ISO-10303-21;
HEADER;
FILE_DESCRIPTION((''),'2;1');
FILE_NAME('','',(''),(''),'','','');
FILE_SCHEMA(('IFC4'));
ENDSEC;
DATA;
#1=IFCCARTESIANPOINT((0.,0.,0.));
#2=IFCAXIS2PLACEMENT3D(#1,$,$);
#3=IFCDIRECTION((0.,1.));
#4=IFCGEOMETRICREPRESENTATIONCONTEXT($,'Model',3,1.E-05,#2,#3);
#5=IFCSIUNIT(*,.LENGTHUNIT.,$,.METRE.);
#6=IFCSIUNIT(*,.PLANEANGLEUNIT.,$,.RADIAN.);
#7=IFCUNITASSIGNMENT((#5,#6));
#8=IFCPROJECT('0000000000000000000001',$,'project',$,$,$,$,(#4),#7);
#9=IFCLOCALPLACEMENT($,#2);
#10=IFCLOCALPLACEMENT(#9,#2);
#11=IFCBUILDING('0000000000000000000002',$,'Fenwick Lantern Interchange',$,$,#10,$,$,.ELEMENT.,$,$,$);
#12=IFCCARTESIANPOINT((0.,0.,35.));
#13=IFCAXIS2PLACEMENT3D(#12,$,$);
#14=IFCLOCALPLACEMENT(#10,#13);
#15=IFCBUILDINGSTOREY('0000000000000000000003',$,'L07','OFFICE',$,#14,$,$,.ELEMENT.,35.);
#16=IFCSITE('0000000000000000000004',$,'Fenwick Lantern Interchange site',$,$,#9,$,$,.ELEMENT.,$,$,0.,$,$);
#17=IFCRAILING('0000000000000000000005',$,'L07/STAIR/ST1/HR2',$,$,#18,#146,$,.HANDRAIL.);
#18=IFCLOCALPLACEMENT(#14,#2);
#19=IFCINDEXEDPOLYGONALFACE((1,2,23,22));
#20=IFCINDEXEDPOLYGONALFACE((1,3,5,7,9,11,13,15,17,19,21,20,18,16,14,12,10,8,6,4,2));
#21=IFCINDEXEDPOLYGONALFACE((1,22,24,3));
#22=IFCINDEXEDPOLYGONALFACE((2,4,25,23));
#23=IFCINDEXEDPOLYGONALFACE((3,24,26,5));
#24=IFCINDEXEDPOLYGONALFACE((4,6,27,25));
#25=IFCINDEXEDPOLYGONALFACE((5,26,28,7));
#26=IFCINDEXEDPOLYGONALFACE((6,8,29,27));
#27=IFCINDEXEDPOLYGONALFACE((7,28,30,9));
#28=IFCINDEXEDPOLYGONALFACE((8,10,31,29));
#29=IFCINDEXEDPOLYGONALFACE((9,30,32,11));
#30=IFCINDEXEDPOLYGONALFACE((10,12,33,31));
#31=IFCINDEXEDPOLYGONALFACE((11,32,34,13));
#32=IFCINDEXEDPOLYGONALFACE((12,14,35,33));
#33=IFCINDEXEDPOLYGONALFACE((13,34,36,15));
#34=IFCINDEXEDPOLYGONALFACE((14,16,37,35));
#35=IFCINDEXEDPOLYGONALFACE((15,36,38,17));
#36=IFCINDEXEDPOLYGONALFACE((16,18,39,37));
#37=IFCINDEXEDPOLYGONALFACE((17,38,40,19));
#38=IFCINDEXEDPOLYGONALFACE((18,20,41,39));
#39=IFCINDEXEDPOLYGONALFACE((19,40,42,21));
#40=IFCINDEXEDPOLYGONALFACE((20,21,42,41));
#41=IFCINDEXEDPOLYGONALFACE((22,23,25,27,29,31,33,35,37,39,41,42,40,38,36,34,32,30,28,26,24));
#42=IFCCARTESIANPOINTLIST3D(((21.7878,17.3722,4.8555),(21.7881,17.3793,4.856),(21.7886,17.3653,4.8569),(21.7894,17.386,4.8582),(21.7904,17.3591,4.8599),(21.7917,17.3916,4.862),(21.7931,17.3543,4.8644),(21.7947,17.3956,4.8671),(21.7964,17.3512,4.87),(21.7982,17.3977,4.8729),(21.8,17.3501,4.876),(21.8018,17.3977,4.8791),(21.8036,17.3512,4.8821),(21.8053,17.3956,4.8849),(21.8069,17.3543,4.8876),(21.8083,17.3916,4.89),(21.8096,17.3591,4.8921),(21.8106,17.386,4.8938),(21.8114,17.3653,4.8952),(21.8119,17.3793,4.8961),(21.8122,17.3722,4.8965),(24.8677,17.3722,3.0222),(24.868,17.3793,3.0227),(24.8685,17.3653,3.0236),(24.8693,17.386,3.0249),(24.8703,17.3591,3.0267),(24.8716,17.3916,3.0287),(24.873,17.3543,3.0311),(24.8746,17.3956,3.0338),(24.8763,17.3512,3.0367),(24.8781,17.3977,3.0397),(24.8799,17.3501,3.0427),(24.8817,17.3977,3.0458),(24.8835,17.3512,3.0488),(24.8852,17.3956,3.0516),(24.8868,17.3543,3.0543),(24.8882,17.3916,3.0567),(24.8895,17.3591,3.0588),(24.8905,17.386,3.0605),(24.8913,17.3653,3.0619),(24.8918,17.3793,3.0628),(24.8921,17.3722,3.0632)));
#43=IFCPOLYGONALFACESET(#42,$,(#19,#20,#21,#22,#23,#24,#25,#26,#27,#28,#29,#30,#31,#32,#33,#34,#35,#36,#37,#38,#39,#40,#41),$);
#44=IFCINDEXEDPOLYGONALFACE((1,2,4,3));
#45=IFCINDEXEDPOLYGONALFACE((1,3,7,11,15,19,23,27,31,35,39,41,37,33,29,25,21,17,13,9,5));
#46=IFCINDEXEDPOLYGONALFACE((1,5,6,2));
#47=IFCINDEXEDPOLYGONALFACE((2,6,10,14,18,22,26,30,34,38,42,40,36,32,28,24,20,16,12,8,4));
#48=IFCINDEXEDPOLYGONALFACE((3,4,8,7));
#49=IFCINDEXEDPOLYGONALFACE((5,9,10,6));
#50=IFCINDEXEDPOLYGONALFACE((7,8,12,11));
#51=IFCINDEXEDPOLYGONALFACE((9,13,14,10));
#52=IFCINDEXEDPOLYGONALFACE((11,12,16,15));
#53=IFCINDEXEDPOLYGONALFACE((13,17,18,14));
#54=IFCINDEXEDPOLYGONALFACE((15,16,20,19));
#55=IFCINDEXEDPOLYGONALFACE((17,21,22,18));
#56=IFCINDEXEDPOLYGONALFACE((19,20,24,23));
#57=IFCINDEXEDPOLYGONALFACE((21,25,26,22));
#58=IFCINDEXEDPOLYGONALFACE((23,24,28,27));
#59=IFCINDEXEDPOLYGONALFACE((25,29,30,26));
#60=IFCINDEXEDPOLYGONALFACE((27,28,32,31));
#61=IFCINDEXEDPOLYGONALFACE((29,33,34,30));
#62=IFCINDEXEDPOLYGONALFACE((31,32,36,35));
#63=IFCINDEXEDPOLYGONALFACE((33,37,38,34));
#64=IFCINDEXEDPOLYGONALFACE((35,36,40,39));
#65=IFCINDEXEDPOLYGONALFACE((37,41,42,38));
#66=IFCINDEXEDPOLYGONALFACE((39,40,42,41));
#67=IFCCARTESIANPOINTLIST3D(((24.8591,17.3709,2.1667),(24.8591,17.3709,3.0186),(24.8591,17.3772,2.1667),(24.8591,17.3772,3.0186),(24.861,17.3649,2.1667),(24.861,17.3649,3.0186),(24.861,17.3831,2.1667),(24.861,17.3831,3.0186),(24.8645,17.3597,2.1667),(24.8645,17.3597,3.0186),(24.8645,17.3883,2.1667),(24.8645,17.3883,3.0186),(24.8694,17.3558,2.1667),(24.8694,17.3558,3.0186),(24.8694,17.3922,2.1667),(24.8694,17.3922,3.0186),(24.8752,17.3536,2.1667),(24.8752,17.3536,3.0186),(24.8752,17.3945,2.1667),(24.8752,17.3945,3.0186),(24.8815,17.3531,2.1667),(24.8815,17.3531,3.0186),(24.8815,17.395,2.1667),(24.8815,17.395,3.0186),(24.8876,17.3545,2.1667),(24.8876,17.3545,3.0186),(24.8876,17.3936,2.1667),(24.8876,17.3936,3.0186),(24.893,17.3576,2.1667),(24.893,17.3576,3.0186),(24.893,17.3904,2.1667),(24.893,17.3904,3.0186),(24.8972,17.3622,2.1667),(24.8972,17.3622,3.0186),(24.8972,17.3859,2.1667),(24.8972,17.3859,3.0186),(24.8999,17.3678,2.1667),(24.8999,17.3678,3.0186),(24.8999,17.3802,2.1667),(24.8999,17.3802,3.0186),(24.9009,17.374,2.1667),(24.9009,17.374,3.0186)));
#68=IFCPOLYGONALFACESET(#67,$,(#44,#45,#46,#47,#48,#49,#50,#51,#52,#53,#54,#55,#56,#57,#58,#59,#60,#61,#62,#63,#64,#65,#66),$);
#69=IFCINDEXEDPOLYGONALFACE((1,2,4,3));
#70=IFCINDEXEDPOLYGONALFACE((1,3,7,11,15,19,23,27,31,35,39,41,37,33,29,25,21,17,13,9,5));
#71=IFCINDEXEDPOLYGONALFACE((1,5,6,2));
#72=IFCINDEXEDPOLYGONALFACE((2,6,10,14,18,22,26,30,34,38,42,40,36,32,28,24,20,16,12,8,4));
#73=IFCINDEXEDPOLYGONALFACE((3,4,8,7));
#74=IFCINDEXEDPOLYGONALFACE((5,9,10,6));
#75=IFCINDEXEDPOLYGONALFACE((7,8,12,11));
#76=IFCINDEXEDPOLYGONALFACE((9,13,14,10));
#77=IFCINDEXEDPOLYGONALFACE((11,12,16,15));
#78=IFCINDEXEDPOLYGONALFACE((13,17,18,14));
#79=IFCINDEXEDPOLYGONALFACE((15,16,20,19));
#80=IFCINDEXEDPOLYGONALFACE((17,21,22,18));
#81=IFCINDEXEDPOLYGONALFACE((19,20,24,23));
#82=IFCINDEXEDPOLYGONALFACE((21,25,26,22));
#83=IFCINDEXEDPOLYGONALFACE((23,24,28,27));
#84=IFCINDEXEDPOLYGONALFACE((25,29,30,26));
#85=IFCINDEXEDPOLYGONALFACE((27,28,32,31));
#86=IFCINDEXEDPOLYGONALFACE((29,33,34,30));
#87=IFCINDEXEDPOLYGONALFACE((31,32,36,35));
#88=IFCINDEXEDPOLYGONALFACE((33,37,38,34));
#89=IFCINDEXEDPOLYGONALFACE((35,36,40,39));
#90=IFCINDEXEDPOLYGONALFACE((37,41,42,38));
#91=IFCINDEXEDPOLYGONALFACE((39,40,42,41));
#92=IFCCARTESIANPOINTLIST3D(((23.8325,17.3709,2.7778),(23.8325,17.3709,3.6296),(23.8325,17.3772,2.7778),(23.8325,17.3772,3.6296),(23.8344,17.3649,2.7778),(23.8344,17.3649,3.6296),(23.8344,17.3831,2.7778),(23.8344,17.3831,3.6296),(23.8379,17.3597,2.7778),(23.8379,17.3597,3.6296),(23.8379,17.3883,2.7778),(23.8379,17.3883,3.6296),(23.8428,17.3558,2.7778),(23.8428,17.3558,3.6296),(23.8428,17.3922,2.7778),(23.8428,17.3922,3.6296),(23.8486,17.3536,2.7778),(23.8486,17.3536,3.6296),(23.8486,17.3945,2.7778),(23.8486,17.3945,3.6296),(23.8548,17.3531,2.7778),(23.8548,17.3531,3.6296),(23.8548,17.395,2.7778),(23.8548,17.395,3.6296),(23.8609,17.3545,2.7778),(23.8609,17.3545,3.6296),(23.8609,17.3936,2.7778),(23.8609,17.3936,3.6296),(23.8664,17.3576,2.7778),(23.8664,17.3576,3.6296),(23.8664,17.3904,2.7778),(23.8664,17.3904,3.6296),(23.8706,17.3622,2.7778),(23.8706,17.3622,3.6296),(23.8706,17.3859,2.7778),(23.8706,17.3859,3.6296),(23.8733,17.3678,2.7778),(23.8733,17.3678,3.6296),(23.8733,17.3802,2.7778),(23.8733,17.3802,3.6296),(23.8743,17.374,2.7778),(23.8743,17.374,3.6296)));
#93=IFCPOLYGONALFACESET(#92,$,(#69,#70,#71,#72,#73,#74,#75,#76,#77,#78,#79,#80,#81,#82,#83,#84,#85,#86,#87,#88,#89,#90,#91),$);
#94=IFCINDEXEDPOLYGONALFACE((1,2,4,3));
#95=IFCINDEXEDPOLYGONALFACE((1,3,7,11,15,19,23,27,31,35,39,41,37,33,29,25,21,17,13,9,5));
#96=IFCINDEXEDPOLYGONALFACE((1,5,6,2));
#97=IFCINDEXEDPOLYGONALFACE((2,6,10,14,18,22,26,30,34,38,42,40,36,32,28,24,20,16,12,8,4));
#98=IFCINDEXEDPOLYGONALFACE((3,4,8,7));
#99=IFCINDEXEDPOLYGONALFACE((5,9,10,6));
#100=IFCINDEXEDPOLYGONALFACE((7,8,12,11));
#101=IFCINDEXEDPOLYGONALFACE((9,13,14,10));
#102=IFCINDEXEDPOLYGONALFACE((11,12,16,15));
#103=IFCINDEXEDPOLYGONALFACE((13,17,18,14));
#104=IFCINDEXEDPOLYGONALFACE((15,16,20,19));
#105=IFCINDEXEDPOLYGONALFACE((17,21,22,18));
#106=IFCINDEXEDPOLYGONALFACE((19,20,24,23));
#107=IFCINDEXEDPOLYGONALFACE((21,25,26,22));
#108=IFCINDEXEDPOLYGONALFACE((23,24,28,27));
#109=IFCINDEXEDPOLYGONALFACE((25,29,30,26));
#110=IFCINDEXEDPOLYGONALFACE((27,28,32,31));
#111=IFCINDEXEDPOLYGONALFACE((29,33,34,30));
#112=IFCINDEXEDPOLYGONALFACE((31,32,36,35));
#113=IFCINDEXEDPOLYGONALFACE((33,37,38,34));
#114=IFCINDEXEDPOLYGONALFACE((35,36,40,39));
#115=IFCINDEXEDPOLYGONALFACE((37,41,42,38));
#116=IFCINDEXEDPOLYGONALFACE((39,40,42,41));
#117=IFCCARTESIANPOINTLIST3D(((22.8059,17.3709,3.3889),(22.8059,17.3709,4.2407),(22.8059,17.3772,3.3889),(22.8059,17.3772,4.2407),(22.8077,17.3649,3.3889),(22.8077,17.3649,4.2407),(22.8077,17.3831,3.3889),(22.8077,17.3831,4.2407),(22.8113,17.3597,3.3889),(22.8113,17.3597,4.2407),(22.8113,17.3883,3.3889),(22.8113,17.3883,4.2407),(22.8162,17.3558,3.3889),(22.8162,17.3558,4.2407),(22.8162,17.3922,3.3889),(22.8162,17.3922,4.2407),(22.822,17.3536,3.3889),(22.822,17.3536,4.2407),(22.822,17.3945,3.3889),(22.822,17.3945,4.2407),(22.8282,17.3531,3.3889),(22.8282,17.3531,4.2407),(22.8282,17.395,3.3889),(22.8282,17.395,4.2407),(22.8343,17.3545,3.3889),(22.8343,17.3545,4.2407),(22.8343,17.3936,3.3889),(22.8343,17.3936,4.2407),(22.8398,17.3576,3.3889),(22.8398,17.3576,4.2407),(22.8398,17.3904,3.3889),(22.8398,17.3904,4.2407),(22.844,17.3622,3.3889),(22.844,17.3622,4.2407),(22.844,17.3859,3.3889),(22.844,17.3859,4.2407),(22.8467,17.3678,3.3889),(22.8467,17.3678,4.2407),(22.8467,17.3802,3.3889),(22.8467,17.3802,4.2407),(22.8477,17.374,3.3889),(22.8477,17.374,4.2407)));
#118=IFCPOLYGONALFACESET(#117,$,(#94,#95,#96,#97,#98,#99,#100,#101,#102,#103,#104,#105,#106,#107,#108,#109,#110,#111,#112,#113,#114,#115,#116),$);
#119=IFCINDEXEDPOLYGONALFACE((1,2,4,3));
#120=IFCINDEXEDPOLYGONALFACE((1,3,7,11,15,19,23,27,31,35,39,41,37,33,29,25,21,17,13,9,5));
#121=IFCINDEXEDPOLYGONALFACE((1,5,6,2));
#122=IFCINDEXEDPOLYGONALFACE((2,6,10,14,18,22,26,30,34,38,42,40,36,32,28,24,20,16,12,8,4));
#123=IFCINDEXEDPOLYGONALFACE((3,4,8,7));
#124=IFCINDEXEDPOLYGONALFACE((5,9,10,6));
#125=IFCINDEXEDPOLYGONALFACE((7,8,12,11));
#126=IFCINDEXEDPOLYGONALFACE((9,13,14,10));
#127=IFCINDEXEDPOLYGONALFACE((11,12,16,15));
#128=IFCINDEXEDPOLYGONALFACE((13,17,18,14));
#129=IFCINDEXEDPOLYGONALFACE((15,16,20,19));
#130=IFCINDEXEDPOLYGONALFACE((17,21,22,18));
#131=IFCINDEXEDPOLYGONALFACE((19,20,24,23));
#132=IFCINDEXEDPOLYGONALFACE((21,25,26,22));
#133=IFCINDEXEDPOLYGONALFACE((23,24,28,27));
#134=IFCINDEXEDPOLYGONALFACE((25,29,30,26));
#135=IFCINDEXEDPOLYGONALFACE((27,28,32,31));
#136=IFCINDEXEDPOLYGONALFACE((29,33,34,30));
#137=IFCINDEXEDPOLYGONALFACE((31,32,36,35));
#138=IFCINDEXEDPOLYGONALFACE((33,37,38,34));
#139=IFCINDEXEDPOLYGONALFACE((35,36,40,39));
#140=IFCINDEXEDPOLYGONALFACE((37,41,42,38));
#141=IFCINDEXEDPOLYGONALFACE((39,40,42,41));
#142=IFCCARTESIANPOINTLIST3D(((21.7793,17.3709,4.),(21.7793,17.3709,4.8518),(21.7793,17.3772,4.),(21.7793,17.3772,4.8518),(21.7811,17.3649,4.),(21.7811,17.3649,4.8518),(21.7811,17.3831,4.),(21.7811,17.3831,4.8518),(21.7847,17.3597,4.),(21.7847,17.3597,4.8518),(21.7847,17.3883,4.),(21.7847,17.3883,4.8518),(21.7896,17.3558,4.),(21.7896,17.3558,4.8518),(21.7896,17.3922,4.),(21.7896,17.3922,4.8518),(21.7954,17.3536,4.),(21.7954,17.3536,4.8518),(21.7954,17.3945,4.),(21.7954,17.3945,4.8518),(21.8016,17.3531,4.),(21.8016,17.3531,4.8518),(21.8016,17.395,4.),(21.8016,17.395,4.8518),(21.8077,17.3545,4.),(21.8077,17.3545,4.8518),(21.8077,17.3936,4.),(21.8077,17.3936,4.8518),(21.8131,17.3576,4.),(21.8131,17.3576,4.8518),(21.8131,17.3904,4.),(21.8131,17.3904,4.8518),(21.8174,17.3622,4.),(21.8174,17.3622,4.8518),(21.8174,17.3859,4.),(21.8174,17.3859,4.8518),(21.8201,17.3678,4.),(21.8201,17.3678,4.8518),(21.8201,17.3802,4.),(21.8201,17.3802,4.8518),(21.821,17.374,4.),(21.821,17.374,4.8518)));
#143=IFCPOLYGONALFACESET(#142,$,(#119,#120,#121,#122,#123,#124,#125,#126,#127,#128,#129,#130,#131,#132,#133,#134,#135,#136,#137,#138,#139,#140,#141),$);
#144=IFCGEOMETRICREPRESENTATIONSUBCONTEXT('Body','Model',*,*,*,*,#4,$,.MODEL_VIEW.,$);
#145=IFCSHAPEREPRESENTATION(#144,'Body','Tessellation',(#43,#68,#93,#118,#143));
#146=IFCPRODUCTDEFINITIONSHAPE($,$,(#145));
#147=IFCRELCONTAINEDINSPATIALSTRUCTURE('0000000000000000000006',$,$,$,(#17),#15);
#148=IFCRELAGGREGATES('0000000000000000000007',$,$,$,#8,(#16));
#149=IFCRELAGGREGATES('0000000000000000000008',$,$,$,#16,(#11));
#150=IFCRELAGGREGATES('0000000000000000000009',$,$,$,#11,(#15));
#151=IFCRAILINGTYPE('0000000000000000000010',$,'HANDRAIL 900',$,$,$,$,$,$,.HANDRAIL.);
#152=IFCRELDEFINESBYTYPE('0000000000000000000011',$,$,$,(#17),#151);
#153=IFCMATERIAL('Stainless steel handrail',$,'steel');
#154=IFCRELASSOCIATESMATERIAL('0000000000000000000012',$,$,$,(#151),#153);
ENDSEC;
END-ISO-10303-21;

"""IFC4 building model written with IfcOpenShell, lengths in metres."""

from ifc_helpers import new_model, si_unit, direction, frame, origin, origin_2d, place, context, subcontext, project, spatial, circle, extrude, material, type_object, element, save


model = new_model("IFC4")

# Units and contexts
model_context = context("Model", 3, precision=1e-05, world=origin(), true_north=direction((0.0, 1.0)))
body_context = subcontext(model_context, "Body", "Model", "MODEL_VIEW")
ifc_project = project(units=[si_unit("LENGTHUNIT", "METRE"), si_unit("PLANEANGLEUNIT", "RADIAN")], contexts=[model_context])

# Site, building, storey
site_placement = place(None, origin())
site = spatial("IfcSite", under=ifc_project, at=site_placement, Name="Fenwick Lantern Interchange site", CompositionType="ELEMENT", RefElevation=0.0)
building_placement = place(site_placement, origin())
building = spatial("IfcBuilding", under=site, at=building_placement, Name="Fenwick Lantern Interchange", CompositionType="ELEMENT")
storey_placement = place(building_placement, frame((0.0, 0.0, 35.0)))
storey = spatial("IfcBuildingStorey", under=building, at=storey_placement, Name="L07", Description="OFFICE", CompositionType="ELEMENT", Elevation=35.0)

# Railing
ifc_material_1 = material(Name="Stainless steel handrail", Category="steel")
railing_type = type_object("IfcRailingType", Name="HANDRAIL 900", PredefinedType="HANDRAIL", material=ifc_material_1)
railing_1_placement = place(storey_placement, frame((24.8799, 17.374, 2.1667)))
element("IfcRailing", 1, at=railing_1_placement, inside=storey, type_object=railing_type, Name="L07/STAIR/ST1/HR2", PredefinedType="HANDRAIL", context=body_context, shape_type="SweptSolid", body=[
    extrude(circle(Radius=0.0239, at=origin_2d()), frame((0.0, 0.0, 0.876), z_axis=(-0.859291, 0.0, 0.511487), x_axis=(0.0, -1.0, 0.0)), (0.0, 0.0, 1.0), 3.5842),
    extrude(circle(Radius=0.021, at=origin_2d()), origin(), (0.0, 0.0, 1.0), 0.8518),
    extrude(circle(Radius=0.021, at=origin_2d()), frame((-1.0266, 0.0, 0.6111)), (0.0, 0.0, 1.0), 0.8518),
    extrude(circle(Radius=0.021, at=origin_2d()), frame((-2.0532, 0.0, 1.2222)), (0.0, 0.0, 1.0), 0.8518),
    extrude(circle(Radius=0.021, at=origin_2d()), frame((-3.0798, 0.0, 1.8333)), (0.0, 0.0, 1.0), 0.8518),
])

save(model, "model.ifc")
